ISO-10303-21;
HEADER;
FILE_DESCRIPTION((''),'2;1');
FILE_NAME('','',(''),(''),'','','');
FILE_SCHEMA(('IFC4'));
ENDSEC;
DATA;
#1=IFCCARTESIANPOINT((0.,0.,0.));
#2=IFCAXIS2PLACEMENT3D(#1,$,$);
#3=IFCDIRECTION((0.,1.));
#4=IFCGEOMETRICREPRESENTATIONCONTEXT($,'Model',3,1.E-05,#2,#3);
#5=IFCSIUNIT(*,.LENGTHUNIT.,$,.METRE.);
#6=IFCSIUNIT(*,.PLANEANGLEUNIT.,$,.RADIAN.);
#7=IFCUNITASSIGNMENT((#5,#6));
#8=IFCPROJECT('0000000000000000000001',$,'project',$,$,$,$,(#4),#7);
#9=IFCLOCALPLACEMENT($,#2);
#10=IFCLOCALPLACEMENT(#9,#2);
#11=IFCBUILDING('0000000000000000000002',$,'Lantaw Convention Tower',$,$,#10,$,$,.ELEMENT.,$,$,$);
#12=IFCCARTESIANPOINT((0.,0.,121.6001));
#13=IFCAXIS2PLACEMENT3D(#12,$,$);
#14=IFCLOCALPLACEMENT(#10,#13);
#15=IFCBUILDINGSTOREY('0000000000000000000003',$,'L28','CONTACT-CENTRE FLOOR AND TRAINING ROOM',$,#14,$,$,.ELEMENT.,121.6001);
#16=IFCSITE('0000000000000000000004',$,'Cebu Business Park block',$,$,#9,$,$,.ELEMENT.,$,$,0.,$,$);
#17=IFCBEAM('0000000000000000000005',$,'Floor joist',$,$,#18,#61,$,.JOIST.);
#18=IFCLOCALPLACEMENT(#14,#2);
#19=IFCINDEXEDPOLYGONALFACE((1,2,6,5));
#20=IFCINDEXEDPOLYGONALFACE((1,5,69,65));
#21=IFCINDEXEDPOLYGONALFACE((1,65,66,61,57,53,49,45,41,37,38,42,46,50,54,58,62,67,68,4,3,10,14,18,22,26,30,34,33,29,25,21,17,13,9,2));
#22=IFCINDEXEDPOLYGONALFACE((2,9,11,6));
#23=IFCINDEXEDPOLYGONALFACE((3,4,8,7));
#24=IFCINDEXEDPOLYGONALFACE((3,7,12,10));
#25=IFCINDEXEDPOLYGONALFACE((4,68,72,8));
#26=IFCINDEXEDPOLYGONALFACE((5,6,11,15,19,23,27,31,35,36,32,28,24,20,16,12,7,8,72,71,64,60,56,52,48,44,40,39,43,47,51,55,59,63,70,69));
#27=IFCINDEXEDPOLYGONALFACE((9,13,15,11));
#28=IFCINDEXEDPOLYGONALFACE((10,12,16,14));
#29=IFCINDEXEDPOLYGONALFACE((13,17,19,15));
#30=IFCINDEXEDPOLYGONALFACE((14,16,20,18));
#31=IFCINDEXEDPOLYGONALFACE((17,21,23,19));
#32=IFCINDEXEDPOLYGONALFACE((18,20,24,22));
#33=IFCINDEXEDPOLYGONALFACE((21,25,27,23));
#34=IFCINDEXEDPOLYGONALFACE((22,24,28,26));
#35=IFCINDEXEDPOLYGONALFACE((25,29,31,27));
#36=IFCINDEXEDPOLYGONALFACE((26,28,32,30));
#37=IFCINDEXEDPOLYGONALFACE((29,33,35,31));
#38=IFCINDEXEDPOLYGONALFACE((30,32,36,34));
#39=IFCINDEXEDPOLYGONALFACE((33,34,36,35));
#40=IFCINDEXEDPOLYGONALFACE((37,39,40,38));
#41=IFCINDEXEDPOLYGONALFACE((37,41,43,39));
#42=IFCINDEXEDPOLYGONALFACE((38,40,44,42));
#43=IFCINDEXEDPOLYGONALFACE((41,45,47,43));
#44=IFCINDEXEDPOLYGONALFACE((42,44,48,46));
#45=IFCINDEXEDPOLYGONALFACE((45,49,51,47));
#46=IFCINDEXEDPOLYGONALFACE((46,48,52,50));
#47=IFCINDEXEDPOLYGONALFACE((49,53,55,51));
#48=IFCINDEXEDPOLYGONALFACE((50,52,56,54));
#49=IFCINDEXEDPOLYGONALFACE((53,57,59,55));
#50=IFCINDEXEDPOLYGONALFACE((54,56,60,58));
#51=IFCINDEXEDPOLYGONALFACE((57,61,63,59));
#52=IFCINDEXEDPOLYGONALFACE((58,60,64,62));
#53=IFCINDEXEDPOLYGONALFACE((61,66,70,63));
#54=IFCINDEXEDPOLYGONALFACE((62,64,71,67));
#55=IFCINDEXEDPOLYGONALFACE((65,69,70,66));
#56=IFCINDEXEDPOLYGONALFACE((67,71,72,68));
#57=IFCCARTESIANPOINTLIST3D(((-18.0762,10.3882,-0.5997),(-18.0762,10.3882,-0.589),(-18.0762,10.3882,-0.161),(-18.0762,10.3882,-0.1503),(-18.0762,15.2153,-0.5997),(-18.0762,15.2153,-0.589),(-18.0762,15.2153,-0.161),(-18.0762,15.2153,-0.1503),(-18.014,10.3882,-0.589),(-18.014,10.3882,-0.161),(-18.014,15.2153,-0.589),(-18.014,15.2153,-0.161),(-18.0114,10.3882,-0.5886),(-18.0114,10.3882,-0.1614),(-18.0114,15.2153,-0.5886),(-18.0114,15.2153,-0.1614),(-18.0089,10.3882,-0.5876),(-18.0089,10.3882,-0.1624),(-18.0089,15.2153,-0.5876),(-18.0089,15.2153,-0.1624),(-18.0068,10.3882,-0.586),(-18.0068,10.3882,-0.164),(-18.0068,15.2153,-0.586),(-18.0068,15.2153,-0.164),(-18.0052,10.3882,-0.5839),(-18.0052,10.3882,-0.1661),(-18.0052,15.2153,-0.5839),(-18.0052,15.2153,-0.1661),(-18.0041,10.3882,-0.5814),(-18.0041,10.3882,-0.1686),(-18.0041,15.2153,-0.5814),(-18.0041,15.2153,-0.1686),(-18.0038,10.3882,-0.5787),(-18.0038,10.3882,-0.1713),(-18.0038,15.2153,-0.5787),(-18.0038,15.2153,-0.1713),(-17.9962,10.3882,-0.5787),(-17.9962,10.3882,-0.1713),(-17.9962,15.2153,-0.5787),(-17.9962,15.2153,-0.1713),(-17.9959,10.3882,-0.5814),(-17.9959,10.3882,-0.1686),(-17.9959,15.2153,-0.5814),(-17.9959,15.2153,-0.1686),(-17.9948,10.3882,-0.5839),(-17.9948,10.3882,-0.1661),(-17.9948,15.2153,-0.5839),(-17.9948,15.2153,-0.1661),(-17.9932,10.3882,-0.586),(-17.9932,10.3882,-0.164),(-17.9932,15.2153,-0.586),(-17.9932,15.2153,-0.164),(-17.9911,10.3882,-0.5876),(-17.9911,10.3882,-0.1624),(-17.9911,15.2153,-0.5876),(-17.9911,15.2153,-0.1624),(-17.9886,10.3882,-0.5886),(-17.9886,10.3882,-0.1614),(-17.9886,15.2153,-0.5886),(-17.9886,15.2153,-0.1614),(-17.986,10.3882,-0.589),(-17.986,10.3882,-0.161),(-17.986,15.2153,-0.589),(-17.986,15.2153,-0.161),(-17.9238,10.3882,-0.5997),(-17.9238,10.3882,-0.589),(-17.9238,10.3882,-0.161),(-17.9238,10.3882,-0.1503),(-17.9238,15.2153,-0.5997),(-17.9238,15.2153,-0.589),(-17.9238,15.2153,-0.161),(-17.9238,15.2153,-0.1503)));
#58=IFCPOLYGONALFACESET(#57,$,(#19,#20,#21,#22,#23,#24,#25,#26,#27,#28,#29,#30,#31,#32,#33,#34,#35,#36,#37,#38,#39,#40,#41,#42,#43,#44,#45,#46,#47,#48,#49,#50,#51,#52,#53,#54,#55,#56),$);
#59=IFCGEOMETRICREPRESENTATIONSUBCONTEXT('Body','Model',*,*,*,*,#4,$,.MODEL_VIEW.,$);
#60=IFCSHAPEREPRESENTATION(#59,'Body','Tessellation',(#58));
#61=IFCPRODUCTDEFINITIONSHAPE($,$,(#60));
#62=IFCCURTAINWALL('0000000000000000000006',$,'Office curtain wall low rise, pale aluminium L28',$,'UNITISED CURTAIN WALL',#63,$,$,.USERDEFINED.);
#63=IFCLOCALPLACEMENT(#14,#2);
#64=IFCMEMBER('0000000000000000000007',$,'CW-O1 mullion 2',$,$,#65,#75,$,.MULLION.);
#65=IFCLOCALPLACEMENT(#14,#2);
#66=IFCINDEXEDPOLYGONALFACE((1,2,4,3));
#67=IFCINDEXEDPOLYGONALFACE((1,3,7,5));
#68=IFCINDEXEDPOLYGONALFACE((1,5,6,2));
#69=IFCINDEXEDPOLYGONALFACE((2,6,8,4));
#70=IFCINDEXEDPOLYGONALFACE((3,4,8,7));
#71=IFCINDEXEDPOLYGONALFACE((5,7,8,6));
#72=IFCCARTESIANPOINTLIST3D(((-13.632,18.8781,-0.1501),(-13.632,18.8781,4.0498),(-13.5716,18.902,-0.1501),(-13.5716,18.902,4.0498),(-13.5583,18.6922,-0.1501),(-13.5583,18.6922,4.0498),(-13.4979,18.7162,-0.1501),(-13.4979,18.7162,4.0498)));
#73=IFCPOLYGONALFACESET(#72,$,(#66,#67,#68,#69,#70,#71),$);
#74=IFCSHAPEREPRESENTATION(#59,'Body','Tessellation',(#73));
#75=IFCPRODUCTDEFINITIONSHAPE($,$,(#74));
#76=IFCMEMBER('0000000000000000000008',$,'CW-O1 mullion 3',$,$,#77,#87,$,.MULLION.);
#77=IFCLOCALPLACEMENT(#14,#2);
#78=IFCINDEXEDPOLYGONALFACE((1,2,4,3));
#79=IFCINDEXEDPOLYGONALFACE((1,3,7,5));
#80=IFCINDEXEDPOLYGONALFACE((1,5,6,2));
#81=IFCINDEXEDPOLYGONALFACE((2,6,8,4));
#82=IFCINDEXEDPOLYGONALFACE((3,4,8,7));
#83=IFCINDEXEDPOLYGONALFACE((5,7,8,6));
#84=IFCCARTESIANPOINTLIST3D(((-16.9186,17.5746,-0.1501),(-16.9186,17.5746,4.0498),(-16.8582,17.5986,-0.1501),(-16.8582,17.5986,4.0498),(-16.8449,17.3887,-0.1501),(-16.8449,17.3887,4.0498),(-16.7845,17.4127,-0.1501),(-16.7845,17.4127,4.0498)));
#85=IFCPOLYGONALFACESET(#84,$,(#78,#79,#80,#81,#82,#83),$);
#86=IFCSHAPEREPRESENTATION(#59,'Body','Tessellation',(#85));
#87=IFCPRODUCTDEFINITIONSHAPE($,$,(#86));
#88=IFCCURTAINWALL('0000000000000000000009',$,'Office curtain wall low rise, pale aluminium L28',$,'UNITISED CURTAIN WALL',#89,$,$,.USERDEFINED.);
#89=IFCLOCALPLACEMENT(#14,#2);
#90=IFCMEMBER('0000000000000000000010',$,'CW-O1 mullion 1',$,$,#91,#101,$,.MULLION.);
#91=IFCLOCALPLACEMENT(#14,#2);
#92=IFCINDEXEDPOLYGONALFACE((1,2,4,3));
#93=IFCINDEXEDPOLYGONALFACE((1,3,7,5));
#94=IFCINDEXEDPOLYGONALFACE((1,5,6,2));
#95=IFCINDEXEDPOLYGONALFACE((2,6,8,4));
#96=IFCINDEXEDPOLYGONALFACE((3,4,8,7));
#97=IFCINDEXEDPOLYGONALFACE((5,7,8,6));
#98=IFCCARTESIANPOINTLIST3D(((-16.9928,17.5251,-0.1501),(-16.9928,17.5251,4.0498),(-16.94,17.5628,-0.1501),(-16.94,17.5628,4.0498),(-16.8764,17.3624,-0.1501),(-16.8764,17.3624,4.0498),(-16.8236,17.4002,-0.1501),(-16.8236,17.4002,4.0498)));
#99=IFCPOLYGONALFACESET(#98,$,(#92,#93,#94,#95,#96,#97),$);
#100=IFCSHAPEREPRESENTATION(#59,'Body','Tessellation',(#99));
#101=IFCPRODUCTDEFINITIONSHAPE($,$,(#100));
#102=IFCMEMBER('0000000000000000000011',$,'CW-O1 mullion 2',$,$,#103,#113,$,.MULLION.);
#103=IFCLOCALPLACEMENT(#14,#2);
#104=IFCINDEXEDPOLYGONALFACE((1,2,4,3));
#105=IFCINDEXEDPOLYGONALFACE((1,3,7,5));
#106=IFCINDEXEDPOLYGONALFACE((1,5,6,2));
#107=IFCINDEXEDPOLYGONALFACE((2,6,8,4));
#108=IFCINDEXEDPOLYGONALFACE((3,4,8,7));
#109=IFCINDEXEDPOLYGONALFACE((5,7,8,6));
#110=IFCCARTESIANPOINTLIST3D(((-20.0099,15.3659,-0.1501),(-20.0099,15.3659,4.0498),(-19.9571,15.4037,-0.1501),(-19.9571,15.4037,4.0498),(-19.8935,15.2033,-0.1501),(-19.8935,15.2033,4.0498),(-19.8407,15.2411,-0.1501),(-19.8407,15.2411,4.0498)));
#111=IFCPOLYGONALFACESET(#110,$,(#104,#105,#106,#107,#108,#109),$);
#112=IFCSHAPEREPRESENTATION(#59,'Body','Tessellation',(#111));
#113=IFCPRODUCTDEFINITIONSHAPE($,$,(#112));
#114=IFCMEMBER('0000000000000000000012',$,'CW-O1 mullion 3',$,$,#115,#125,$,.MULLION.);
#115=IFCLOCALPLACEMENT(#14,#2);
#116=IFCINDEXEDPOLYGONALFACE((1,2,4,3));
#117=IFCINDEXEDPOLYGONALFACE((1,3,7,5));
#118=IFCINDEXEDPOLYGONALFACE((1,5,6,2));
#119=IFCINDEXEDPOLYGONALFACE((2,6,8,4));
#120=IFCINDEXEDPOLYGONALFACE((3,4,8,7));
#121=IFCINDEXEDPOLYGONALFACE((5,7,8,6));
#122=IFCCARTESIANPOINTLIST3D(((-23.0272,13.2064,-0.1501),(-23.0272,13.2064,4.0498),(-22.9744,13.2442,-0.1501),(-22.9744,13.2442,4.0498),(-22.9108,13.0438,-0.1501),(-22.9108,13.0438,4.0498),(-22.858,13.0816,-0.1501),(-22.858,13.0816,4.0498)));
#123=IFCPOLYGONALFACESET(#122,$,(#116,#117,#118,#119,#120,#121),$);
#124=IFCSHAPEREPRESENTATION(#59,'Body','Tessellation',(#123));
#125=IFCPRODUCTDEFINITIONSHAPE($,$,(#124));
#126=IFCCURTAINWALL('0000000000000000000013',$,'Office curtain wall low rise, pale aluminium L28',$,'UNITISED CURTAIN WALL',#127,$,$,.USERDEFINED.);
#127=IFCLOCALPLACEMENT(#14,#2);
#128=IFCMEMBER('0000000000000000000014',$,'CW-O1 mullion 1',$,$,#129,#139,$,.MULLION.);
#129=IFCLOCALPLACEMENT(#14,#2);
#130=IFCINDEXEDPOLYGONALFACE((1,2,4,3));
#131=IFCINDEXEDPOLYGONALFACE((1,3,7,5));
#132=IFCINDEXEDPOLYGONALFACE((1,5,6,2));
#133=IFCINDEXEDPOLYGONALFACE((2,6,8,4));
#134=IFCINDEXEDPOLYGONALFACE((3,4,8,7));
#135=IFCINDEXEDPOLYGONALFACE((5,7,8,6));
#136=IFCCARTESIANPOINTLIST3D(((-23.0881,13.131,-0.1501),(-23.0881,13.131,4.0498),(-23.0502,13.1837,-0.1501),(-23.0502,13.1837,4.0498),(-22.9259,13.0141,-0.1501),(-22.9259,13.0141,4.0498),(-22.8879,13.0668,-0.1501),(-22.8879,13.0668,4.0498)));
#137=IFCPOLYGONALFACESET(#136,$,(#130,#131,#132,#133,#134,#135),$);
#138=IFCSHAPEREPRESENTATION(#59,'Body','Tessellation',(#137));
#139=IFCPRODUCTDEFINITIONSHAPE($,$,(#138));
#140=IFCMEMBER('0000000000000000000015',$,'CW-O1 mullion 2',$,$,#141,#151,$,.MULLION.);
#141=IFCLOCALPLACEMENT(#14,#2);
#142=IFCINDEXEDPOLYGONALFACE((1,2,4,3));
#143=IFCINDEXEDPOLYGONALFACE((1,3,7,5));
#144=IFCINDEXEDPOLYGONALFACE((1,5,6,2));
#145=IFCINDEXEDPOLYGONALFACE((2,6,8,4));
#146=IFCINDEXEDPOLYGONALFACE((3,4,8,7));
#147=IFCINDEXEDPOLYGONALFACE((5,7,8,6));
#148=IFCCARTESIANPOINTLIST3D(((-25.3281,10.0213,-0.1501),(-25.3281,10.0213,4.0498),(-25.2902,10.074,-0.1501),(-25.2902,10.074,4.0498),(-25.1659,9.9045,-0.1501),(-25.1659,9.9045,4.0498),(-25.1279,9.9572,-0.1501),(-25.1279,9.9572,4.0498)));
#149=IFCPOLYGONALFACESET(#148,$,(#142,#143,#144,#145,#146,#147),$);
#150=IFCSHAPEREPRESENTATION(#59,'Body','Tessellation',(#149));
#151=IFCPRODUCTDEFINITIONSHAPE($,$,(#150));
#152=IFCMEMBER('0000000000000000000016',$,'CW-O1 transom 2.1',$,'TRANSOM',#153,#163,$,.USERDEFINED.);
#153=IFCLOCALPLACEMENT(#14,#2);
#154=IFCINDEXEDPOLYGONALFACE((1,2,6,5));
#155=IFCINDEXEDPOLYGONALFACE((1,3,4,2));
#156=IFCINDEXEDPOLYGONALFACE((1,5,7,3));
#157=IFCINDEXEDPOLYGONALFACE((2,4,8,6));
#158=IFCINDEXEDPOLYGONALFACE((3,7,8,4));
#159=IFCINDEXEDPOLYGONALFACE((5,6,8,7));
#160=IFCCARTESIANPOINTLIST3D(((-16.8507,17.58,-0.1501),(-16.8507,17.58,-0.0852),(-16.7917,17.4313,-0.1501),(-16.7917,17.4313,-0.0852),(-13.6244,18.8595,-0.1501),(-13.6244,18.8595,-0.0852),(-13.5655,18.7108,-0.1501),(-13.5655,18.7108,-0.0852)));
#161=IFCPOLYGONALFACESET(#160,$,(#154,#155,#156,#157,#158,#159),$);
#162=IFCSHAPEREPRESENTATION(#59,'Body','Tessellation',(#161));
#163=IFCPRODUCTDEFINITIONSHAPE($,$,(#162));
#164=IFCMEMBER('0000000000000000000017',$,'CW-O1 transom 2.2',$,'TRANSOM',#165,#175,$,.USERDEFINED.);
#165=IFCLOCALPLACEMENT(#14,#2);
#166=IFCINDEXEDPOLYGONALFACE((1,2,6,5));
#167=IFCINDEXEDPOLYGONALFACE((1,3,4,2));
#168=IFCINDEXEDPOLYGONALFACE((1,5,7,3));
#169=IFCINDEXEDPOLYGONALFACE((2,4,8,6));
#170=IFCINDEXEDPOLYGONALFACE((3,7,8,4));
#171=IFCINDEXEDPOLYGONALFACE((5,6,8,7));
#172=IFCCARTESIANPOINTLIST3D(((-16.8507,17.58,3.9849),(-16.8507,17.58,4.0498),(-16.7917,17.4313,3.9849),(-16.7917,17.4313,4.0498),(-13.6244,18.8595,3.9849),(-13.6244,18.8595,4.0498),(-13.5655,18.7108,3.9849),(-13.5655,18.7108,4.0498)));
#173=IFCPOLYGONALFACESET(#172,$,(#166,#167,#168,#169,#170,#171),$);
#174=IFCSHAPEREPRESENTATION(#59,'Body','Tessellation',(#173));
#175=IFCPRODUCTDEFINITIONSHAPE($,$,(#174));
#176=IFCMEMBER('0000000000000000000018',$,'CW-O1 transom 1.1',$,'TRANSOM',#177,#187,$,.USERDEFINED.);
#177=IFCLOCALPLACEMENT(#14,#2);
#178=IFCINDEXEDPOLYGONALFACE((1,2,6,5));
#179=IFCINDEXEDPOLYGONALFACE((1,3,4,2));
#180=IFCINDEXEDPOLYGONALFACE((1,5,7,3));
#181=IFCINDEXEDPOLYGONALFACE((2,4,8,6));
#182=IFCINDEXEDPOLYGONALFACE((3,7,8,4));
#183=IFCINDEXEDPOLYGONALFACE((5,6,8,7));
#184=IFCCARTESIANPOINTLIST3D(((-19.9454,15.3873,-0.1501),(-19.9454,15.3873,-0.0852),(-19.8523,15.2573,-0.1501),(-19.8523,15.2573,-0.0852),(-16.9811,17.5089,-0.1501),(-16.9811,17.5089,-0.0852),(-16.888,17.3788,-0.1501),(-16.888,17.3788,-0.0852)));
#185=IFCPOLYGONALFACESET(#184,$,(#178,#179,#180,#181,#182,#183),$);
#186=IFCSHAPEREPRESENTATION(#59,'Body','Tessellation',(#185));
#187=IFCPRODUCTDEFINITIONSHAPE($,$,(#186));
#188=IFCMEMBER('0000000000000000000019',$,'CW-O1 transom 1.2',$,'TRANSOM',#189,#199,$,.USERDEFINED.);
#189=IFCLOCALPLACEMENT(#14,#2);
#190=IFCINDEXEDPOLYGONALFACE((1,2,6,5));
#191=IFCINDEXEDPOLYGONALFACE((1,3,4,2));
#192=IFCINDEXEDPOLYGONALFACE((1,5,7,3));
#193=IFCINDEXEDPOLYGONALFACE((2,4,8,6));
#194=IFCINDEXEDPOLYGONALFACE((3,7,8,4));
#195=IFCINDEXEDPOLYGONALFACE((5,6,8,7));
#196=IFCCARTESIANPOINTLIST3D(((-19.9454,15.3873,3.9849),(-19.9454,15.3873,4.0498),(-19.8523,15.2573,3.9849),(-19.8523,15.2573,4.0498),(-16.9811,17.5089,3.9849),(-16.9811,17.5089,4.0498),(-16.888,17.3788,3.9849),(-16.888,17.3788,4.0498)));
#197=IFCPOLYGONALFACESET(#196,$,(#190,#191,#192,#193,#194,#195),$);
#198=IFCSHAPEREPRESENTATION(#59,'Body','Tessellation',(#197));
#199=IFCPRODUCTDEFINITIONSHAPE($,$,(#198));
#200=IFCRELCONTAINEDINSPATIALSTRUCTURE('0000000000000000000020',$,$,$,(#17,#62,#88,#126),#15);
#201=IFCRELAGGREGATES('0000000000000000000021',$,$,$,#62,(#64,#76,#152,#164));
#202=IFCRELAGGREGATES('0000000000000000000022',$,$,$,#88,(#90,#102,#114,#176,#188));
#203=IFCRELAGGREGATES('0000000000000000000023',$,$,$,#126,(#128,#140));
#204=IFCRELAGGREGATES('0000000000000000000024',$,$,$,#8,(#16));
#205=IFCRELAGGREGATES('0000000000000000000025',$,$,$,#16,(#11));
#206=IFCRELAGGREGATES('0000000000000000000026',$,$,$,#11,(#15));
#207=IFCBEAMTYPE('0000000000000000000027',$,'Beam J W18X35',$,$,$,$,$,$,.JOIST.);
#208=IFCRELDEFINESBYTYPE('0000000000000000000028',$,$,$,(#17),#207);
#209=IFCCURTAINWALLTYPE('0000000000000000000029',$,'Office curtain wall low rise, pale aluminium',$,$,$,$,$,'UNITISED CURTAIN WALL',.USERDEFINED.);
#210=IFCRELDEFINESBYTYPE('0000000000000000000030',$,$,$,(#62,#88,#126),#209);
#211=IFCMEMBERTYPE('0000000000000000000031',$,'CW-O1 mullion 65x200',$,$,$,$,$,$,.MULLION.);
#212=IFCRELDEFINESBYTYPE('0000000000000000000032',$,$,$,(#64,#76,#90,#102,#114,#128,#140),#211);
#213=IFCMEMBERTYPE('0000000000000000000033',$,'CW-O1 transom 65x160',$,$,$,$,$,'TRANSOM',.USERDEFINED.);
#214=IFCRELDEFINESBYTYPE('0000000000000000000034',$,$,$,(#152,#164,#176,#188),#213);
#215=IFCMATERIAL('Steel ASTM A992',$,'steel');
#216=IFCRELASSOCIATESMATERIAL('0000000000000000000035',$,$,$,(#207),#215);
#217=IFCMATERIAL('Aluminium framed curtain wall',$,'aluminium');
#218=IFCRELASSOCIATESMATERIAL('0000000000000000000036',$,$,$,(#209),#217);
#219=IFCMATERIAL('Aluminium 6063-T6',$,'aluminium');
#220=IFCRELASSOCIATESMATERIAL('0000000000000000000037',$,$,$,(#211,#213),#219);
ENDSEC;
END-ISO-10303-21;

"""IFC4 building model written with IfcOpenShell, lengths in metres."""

from ifc_helpers import new_model, si_unit, direction, frame, origin, origin_2d, place, context, subcontext, project, spatial, rectangle, i_section, extrude, material, material_profile, profile_set, type_object, element, aggregate, save


model = new_model("IFC4")

# Units and contexts
model_context = context("Model", 3, precision=1e-05, world=origin(), true_north=direction((0.0, 1.0)))
body_context = subcontext(model_context, "Body", "Model", "MODEL_VIEW")
ifc_project = project(units=[si_unit("LENGTHUNIT", "METRE"), si_unit("PLANEANGLEUNIT", "RADIAN")], contexts=[model_context])

# Site, building, storey
site_placement = place(None, origin())
site = spatial("IfcSite", under=ifc_project, at=site_placement, Name="Cebu Business Park block", CompositionType="ELEMENT", RefElevation=0.0)
building_placement = place(site_placement, origin())
building = spatial("IfcBuilding", under=site, at=building_placement, Name="Lantaw Convention Tower", CompositionType="ELEMENT")
storey_placement = place(building_placement, frame((0.0, 0.0, 121.6001)))
storey = spatial("IfcBuildingStorey", under=building, at=storey_placement, Name="L28", Description="CONTACT-CENTRE FLOOR AND TRAINING ROOM", CompositionType="ELEMENT", Elevation=121.6001)

# Beam
ifc_material_1 = material(Name="Steel ASTM A992", Category="steel")
ifc_material_profile_1 = material_profile(ifc_material_1, i_section(OverallWidth=0.1523, OverallDepth=0.4495, WebThickness=0.0076, FlangeThickness=0.0107, FilletRadius=0.0103, at=origin_2d()), Name="W18X35")
ifc_profile_set_1 = profile_set([ifc_material_profile_1], Name="Steel ASTM A992")
beam_type_1 = type_object("IfcBeamType", Name="Beam J W18X35", PredefinedType="JOIST", material=ifc_profile_set_1)
beam_1_placement = place(storey_placement, frame((-18.0, 10.3882, -0.375), z_axis=(0.0, 1.0, 0.0), x_axis=(-1.0, 0.0, 0.0)))
element("IfcBeam", 1, at=beam_1_placement, inside=storey, type_object=beam_type_1, Name="Floor joist", PredefinedType="JOIST", context=body_context, shape_type="SweptSolid", body=[
    extrude(i_section(OverallWidth=0.1523, OverallDepth=0.4495, WebThickness=0.0076, FlangeThickness=0.0107, FilletRadius=0.0103, at=origin_2d()), origin(), (0.0, 0.0, 1.0), 4.8271),
])

# Curtain walls, members
ifc_material_2 = material(Name="Aluminium framed curtain wall", Category="aluminium")
curtain_wall_type = type_object("IfcCurtainWallType", Name="Office curtain wall low rise, pale aluminium", ElementType="UNITISED CURTAIN WALL", PredefinedType="USERDEFINED", material=ifc_material_2)
curtain_wall_1_placement = place(storey_placement, origin())
curtain_wall_1 = element("IfcCurtainWall", 2, at=curtain_wall_1_placement, inside=storey, type_object=curtain_wall_type, Name="Office curtain wall low rise, pale aluminium L28", ObjectType="UNITISED CURTAIN WALL", PredefinedType="USERDEFINED")
ifc_material_3 = material(Name="Aluminium 6063-T6", Category="aluminium")
ifc_material_profile_2 = material_profile(ifc_material_3, rectangle(XDim=0.2, YDim=0.0649, at=origin_2d()), Name="CW-O1 mullion 65x200")
ifc_profile_set_2 = profile_set([ifc_material_profile_2], Name="Aluminium 6063-T6")
member_type_1 = type_object("IfcMemberType", Name="CW-O1 mullion 65x200", PredefinedType="MULLION", material=ifc_profile_set_2)
member_1_placement = place(storey_placement, frame((-13.5649, 18.7971, -0.1501), z_axis=(0.0, 0.0, 1.0), x_axis=(0.368702, -0.929548, 0.0)))
member_1 = element("IfcMember", 3, at=member_1_placement, type_object=member_type_1, Name="CW-O1 mullion 2", PredefinedType="MULLION", context=body_context, shape_type="SweptSolid", body=[
    extrude(rectangle(XDim=0.2, YDim=0.0649, at=origin_2d()), origin(), (0.0, 0.0, 1.0), 4.2),
])
member_2_placement = place(storey_placement, frame((-16.8516, 17.4937, -0.1501), z_axis=(0.0, 0.0, 1.0), x_axis=(0.368702, -0.929548, 0.0)))
member_2 = element("IfcMember", 4, at=member_2_placement, type_object=member_type_1, Name="CW-O1 mullion 3", PredefinedType="MULLION", context=body_context, shape_type="SweptSolid", body=[
    extrude(rectangle(XDim=0.2, YDim=0.0649, at=origin_2d()), origin(), (0.0, 0.0, 1.0), 4.2),
])
curtain_wall_2_placement = place(storey_placement, origin())
curtain_wall_2 = element("IfcCurtainWall", 5, at=curtain_wall_2_placement, inside=storey, type_object=curtain_wall_type, Name="Office curtain wall low rise, pale aluminium L28", ObjectType="UNITISED CURTAIN WALL", PredefinedType="USERDEFINED")
member_3_placement = place(storey_placement, frame((-16.9082, 17.4626, -0.1501), z_axis=(0.0, 0.0, 1.0), x_axis=(0.581973, -0.813208, 0.0)))
member_3 = element("IfcMember", 6, at=member_3_placement, type_object=member_type_1, Name="CW-O1 mullion 1", PredefinedType="MULLION", context=body_context, shape_type="SweptSolid", body=[
    extrude(rectangle(XDim=0.2, YDim=0.0649, at=origin_2d()), origin(), (0.0, 0.0, 1.0), 4.2),
])
member_4_placement = place(storey_placement, frame((-19.9253, 15.3035, -0.1501), z_axis=(0.0, 0.0, 1.0), x_axis=(0.581973, -0.813208, 0.0)))
member_4 = element("IfcMember", 7, at=member_4_placement, type_object=member_type_1, Name="CW-O1 mullion 2", PredefinedType="MULLION", context=body_context, shape_type="SweptSolid", body=[
    extrude(rectangle(XDim=0.2, YDim=0.0649, at=origin_2d()), origin(), (0.0, 0.0, 1.0), 4.2),
])
member_5_placement = place(storey_placement, frame((-22.9426, 13.144, -0.1501), z_axis=(0.0, 0.0, 1.0), x_axis=(0.581973, -0.813208, 0.0)))
member_5 = element("IfcMember", 8, at=member_5_placement, type_object=member_type_1, Name="CW-O1 mullion 3", PredefinedType="MULLION", context=body_context, shape_type="SweptSolid", body=[
    extrude(rectangle(XDim=0.2, YDim=0.0649, at=origin_2d()), origin(), (0.0, 0.0, 1.0), 4.2),
])
curtain_wall_3_placement = place(storey_placement, origin())
curtain_wall_3 = element("IfcCurtainWall", 9, at=curtain_wall_3_placement, inside=storey, type_object=curtain_wall_type, Name="Office curtain wall low rise, pale aluminium L28", ObjectType="UNITISED CURTAIN WALL", PredefinedType="USERDEFINED")
member_6_placement = place(storey_placement, frame((-22.988, 13.0989, -0.1501), z_axis=(0.0, 0.0, 1.0), x_axis=(0.811385, -0.584513, 0.0)))
member_6 = element("IfcMember", 10, at=member_6_placement, type_object=member_type_1, Name="CW-O1 mullion 1", PredefinedType="MULLION", context=body_context, shape_type="SweptSolid", body=[
    extrude(rectangle(XDim=0.2, YDim=0.0649, at=origin_2d()), origin(), (0.0, 0.0, 1.0), 4.2),
])
member_7_placement = place(storey_placement, frame((-25.228, 9.9893, -0.1501), z_axis=(0.0, 0.0, 1.0), x_axis=(0.811385, -0.584513, 0.0)))
member_7 = element("IfcMember", 11, at=member_7_placement, type_object=member_type_1, Name="CW-O1 mullion 2", PredefinedType="MULLION", context=body_context, shape_type="SweptSolid", body=[
    extrude(rectangle(XDim=0.2, YDim=0.0649, at=origin_2d()), origin(), (0.0, 0.0, 1.0), 4.2),
])

# Members
ifc_material_profile_3 = material_profile(ifc_material_3, rectangle(XDim=0.1599, YDim=0.0649, at=origin_2d()), Name="CW-O1 transom 65x160")
ifc_profile_set_3 = profile_set([ifc_material_profile_3], Name="Aluminium 6063-T6")
member_type_2 = type_object("IfcMemberType", Name="CW-O1 transom 65x160", ElementType="TRANSOM", PredefinedType="USERDEFINED", material=ifc_profile_set_3)
member_8_placement = place(storey_placement, frame((-13.595, 18.7852, -0.1177), z_axis=(-0.929564, -0.36866, 0.0), x_axis=(0.36866, -0.929564, 0.0)))
member_8 = element("IfcMember", 12, at=member_8_placement, type_object=member_type_2, Name="CW-O1 transom 2.1", ObjectType="TRANSOM", PredefinedType="USERDEFINED", context=body_context, shape_type="SweptSolid", body=[
    extrude(rectangle(XDim=0.1599, YDim=0.0649, at=origin_2d()), origin(), (0.0, 0.0, 1.0), 3.4707),
])
member_9_placement = place(storey_placement, frame((-13.595, 18.7852, 4.0173), z_axis=(-0.929564, -0.36866, 0.0), x_axis=(0.36866, -0.929564, 0.0)))
member_9 = element("IfcMember", 13, at=member_9_placement, type_object=member_type_2, Name="CW-O1 transom 2.2", ObjectType="TRANSOM", PredefinedType="USERDEFINED", context=body_context, shape_type="SweptSolid", body=[
    extrude(rectangle(XDim=0.1599, YDim=0.0649, at=origin_2d()), origin(), (0.0, 0.0, 1.0), 3.4707),
])
member_10_placement = place(storey_placement, frame((-16.9346, 17.4438, -0.1177), z_axis=(-0.81319, -0.581998, 0.0), x_axis=(0.581998, -0.81319, 0.0)))
member_10 = element("IfcMember", 14, at=member_10_placement, type_object=member_type_2, Name="CW-O1 transom 1.1", ObjectType="TRANSOM", PredefinedType="USERDEFINED", context=body_context, shape_type="SweptSolid", body=[
    extrude(rectangle(XDim=0.1599, YDim=0.0649, at=origin_2d()), origin(), (0.0, 0.0, 1.0), 3.6453),
])
member_11_placement = place(storey_placement, frame((-16.9346, 17.4438, 4.0173), z_axis=(-0.81319, -0.581998, 0.0), x_axis=(0.581998, -0.81319, 0.0)))
member_11 = element("IfcMember", 15, at=member_11_placement, type_object=member_type_2, Name="CW-O1 transom 1.2", ObjectType="TRANSOM", PredefinedType="USERDEFINED", context=body_context, shape_type="SweptSolid", body=[
    extrude(rectangle(XDim=0.1599, YDim=0.0649, at=origin_2d()), origin(), (0.0, 0.0, 1.0), 3.6453),
])

aggregate(curtain_wall_1, [member_1, member_2, member_8, member_9])
aggregate(curtain_wall_2, [member_3, member_4, member_5, member_10, member_11])
aggregate(curtain_wall_3, [member_6, member_7])

save(model, "model.ifc")
